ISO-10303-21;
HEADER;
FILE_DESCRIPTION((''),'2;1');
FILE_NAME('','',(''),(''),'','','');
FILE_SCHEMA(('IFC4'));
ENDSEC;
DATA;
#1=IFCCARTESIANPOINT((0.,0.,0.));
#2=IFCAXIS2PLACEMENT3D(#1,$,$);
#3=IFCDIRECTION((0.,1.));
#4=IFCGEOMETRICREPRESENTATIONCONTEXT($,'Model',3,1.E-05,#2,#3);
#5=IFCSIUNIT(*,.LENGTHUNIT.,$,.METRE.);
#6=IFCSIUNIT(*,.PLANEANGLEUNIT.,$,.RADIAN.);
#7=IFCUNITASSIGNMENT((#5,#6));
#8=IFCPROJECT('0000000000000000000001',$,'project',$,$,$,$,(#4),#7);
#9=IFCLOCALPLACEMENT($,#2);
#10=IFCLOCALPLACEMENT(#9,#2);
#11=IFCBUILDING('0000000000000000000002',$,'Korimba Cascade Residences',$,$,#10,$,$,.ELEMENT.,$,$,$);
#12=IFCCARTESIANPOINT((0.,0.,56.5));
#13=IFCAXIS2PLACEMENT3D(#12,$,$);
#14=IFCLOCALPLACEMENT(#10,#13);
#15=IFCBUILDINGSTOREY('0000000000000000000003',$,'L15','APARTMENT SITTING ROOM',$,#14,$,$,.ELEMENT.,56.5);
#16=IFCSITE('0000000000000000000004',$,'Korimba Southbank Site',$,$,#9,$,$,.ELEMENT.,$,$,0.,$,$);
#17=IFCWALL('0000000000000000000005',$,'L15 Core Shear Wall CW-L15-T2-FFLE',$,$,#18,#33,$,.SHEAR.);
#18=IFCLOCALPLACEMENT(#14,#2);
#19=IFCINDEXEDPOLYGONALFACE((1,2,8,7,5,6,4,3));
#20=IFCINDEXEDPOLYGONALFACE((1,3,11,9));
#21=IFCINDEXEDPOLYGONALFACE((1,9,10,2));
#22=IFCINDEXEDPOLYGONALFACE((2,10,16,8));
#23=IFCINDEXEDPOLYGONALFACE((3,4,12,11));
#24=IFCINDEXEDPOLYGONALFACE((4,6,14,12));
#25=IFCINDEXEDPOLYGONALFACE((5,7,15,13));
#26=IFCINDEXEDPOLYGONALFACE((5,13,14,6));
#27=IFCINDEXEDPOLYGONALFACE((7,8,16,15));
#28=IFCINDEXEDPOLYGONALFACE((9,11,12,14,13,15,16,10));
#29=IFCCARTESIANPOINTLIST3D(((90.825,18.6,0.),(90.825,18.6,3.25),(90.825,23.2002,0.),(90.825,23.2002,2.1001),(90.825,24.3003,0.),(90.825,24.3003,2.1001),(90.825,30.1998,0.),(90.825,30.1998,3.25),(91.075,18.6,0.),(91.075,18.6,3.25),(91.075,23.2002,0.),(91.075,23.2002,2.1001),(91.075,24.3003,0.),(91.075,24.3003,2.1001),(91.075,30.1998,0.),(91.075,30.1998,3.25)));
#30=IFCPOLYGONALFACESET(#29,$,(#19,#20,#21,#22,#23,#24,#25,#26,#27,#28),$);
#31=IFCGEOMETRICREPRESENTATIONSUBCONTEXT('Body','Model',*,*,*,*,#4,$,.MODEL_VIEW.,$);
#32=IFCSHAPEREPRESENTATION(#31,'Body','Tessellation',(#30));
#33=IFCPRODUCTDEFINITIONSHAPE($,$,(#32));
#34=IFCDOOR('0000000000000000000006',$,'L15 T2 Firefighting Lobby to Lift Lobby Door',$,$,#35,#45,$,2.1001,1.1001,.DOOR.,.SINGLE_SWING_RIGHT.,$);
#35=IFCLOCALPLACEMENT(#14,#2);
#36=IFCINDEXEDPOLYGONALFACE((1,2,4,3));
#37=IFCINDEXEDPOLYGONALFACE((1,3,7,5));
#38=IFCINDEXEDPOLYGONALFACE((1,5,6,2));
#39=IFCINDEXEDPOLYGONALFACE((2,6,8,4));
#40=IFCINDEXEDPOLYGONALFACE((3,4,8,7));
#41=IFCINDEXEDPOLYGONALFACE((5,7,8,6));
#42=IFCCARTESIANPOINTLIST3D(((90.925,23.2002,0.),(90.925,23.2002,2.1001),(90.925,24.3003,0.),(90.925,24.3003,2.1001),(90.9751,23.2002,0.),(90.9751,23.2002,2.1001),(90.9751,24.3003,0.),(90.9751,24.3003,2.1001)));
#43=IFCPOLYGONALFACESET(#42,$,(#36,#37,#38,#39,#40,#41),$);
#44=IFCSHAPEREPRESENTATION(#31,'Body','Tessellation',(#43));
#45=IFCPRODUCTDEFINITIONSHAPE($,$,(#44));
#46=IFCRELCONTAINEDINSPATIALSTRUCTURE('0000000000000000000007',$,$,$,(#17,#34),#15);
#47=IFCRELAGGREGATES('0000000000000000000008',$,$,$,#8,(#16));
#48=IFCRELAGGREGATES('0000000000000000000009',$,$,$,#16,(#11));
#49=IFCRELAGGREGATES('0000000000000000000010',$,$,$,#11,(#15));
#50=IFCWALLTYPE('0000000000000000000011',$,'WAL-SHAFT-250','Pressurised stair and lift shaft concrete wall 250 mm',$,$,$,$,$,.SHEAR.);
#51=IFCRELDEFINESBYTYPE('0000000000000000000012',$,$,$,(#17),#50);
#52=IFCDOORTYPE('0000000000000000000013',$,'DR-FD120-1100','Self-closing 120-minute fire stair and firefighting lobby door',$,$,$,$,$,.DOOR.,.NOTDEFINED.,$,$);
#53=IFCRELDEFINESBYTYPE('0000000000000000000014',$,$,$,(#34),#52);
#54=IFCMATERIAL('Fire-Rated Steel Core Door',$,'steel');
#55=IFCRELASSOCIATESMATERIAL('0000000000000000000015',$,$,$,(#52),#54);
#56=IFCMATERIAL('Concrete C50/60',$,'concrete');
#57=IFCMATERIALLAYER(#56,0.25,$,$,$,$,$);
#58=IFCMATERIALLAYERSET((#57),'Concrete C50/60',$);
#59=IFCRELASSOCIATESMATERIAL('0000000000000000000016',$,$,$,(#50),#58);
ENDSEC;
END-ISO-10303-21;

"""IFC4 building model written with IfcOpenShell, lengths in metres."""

from ifc_helpers import new_model, si_unit, direction, frame, frame_2d, origin, place, context, subcontext, project, spatial, rectangle, extrude, material, layer, layer_set, type_object, element, fill, save


model = new_model("IFC4")

# Units and contexts
model_context = context("Model", 3, precision=1e-05, world=origin(), true_north=direction((0.0, 1.0)))
body_context = subcontext(model_context, "Body", "Model", "MODEL_VIEW")
ifc_project = project(units=[si_unit("LENGTHUNIT", "METRE"), si_unit("PLANEANGLEUNIT", "RADIAN")], contexts=[model_context])

# Site, building, storey
site_placement = place(None, origin())
site = spatial("IfcSite", under=ifc_project, at=site_placement, Name="Korimba Southbank Site", CompositionType="ELEMENT", RefElevation=0.0)
building_placement = place(site_placement, origin())
building = spatial("IfcBuilding", under=site, at=building_placement, Name="Korimba Cascade Residences", CompositionType="ELEMENT")
storey_placement = place(building_placement, frame((0.0, 0.0, 56.5)))
storey = spatial("IfcBuildingStorey", under=building, at=storey_placement, Name="L15", Description="APARTMENT SITTING ROOM", CompositionType="ELEMENT", Elevation=56.5)

# Shared definitions
ifc_material_1 = material(Name="Concrete C50/60", Category="concrete")

# Shared definitions
ifc_material_2 = material(Name="Fire-Rated Steel Core Door", Category="steel")
door_type_1 = type_object("IfcDoorType", Name="DR-FD120-1100", Description="Self-closing 120-minute fire stair and firefighting lobby door", OperationType="NOTDEFINED", PredefinedType="DOOR", material=ifc_material_2)

# Shared definitions
ifc_layer_1 = layer(ifc_material_1, 0.25)
ifc_layer_set_1 = layer_set([ifc_layer_1], Name="Concrete C50/60")
wall_type_1 = type_object("IfcWallType", Name="WAL-SHAFT-250", Description="Pressurised stair and lift shaft concrete wall 250 mm", PredefinedType="SHEAR", material=ifc_layer_set_1)

# Wall, opening, door
wall_1_placement = place(storey_placement, frame((90.95, 18.6001, 0.0), z_axis=(0.0, 0.0, 1.0), x_axis=(0.0, 1.0, 0.0)))
wall_1 = element("IfcWall", 1, at=wall_1_placement, inside=storey, type_object=wall_type_1, Name="L15 Core Shear Wall CW-L15-T2-FFLE", PredefinedType="SHEAR", context=body_context, shape_type="SweptSolid", body=[
    extrude(rectangle(XDim=11.5999, YDim=0.25, at=frame_2d((5.7998, 0.0))), origin(), (0.0, 0.0, 1.0), 3.25),
])
opening_1_placement = place(wall_1_placement, frame((4.6001, 0.0, 0.0)))
opening_1 = element("IfcOpeningElement", 2, at=opening_1_placement, cuts=wall_1, PredefinedType="OPENING", context=body_context, shape_type="SweptSolid", body=[
    extrude(rectangle(XDim=1.1001, YDim=2.1001, at=frame_2d((0.55, 1.05))), frame((0.0, 0.135, 0.0), z_axis=(0.0, -1.0, 0.0), x_axis=(1.0, 0.0, 0.0)), (0.0, 0.0, 1.0), 0.27),
])
door_1_placement = place(opening_1_placement, origin())
door_1 = element("IfcDoor", 3, at=door_1_placement, inside=storey, type_object=door_type_1, Name="L15 T2 Firefighting Lobby to Lift Lobby Door", OperationType="SINGLE_SWING_RIGHT", OverallHeight=2.1001, OverallWidth=1.1001, PredefinedType="DOOR", context=body_context, shape_type="SweptSolid", body=[
    extrude(rectangle(XDim=1.1001, YDim=2.1001, at=frame_2d((0.55, 1.05))), frame((0.0, 0.0249, 0.0), z_axis=(0.0, -1.0, 0.0), x_axis=(1.0, 0.0, 0.0)), (0.0, 0.0, 1.0), 0.05),
])
fill(opening_1, door_1)

save(model, "model.ifc")
